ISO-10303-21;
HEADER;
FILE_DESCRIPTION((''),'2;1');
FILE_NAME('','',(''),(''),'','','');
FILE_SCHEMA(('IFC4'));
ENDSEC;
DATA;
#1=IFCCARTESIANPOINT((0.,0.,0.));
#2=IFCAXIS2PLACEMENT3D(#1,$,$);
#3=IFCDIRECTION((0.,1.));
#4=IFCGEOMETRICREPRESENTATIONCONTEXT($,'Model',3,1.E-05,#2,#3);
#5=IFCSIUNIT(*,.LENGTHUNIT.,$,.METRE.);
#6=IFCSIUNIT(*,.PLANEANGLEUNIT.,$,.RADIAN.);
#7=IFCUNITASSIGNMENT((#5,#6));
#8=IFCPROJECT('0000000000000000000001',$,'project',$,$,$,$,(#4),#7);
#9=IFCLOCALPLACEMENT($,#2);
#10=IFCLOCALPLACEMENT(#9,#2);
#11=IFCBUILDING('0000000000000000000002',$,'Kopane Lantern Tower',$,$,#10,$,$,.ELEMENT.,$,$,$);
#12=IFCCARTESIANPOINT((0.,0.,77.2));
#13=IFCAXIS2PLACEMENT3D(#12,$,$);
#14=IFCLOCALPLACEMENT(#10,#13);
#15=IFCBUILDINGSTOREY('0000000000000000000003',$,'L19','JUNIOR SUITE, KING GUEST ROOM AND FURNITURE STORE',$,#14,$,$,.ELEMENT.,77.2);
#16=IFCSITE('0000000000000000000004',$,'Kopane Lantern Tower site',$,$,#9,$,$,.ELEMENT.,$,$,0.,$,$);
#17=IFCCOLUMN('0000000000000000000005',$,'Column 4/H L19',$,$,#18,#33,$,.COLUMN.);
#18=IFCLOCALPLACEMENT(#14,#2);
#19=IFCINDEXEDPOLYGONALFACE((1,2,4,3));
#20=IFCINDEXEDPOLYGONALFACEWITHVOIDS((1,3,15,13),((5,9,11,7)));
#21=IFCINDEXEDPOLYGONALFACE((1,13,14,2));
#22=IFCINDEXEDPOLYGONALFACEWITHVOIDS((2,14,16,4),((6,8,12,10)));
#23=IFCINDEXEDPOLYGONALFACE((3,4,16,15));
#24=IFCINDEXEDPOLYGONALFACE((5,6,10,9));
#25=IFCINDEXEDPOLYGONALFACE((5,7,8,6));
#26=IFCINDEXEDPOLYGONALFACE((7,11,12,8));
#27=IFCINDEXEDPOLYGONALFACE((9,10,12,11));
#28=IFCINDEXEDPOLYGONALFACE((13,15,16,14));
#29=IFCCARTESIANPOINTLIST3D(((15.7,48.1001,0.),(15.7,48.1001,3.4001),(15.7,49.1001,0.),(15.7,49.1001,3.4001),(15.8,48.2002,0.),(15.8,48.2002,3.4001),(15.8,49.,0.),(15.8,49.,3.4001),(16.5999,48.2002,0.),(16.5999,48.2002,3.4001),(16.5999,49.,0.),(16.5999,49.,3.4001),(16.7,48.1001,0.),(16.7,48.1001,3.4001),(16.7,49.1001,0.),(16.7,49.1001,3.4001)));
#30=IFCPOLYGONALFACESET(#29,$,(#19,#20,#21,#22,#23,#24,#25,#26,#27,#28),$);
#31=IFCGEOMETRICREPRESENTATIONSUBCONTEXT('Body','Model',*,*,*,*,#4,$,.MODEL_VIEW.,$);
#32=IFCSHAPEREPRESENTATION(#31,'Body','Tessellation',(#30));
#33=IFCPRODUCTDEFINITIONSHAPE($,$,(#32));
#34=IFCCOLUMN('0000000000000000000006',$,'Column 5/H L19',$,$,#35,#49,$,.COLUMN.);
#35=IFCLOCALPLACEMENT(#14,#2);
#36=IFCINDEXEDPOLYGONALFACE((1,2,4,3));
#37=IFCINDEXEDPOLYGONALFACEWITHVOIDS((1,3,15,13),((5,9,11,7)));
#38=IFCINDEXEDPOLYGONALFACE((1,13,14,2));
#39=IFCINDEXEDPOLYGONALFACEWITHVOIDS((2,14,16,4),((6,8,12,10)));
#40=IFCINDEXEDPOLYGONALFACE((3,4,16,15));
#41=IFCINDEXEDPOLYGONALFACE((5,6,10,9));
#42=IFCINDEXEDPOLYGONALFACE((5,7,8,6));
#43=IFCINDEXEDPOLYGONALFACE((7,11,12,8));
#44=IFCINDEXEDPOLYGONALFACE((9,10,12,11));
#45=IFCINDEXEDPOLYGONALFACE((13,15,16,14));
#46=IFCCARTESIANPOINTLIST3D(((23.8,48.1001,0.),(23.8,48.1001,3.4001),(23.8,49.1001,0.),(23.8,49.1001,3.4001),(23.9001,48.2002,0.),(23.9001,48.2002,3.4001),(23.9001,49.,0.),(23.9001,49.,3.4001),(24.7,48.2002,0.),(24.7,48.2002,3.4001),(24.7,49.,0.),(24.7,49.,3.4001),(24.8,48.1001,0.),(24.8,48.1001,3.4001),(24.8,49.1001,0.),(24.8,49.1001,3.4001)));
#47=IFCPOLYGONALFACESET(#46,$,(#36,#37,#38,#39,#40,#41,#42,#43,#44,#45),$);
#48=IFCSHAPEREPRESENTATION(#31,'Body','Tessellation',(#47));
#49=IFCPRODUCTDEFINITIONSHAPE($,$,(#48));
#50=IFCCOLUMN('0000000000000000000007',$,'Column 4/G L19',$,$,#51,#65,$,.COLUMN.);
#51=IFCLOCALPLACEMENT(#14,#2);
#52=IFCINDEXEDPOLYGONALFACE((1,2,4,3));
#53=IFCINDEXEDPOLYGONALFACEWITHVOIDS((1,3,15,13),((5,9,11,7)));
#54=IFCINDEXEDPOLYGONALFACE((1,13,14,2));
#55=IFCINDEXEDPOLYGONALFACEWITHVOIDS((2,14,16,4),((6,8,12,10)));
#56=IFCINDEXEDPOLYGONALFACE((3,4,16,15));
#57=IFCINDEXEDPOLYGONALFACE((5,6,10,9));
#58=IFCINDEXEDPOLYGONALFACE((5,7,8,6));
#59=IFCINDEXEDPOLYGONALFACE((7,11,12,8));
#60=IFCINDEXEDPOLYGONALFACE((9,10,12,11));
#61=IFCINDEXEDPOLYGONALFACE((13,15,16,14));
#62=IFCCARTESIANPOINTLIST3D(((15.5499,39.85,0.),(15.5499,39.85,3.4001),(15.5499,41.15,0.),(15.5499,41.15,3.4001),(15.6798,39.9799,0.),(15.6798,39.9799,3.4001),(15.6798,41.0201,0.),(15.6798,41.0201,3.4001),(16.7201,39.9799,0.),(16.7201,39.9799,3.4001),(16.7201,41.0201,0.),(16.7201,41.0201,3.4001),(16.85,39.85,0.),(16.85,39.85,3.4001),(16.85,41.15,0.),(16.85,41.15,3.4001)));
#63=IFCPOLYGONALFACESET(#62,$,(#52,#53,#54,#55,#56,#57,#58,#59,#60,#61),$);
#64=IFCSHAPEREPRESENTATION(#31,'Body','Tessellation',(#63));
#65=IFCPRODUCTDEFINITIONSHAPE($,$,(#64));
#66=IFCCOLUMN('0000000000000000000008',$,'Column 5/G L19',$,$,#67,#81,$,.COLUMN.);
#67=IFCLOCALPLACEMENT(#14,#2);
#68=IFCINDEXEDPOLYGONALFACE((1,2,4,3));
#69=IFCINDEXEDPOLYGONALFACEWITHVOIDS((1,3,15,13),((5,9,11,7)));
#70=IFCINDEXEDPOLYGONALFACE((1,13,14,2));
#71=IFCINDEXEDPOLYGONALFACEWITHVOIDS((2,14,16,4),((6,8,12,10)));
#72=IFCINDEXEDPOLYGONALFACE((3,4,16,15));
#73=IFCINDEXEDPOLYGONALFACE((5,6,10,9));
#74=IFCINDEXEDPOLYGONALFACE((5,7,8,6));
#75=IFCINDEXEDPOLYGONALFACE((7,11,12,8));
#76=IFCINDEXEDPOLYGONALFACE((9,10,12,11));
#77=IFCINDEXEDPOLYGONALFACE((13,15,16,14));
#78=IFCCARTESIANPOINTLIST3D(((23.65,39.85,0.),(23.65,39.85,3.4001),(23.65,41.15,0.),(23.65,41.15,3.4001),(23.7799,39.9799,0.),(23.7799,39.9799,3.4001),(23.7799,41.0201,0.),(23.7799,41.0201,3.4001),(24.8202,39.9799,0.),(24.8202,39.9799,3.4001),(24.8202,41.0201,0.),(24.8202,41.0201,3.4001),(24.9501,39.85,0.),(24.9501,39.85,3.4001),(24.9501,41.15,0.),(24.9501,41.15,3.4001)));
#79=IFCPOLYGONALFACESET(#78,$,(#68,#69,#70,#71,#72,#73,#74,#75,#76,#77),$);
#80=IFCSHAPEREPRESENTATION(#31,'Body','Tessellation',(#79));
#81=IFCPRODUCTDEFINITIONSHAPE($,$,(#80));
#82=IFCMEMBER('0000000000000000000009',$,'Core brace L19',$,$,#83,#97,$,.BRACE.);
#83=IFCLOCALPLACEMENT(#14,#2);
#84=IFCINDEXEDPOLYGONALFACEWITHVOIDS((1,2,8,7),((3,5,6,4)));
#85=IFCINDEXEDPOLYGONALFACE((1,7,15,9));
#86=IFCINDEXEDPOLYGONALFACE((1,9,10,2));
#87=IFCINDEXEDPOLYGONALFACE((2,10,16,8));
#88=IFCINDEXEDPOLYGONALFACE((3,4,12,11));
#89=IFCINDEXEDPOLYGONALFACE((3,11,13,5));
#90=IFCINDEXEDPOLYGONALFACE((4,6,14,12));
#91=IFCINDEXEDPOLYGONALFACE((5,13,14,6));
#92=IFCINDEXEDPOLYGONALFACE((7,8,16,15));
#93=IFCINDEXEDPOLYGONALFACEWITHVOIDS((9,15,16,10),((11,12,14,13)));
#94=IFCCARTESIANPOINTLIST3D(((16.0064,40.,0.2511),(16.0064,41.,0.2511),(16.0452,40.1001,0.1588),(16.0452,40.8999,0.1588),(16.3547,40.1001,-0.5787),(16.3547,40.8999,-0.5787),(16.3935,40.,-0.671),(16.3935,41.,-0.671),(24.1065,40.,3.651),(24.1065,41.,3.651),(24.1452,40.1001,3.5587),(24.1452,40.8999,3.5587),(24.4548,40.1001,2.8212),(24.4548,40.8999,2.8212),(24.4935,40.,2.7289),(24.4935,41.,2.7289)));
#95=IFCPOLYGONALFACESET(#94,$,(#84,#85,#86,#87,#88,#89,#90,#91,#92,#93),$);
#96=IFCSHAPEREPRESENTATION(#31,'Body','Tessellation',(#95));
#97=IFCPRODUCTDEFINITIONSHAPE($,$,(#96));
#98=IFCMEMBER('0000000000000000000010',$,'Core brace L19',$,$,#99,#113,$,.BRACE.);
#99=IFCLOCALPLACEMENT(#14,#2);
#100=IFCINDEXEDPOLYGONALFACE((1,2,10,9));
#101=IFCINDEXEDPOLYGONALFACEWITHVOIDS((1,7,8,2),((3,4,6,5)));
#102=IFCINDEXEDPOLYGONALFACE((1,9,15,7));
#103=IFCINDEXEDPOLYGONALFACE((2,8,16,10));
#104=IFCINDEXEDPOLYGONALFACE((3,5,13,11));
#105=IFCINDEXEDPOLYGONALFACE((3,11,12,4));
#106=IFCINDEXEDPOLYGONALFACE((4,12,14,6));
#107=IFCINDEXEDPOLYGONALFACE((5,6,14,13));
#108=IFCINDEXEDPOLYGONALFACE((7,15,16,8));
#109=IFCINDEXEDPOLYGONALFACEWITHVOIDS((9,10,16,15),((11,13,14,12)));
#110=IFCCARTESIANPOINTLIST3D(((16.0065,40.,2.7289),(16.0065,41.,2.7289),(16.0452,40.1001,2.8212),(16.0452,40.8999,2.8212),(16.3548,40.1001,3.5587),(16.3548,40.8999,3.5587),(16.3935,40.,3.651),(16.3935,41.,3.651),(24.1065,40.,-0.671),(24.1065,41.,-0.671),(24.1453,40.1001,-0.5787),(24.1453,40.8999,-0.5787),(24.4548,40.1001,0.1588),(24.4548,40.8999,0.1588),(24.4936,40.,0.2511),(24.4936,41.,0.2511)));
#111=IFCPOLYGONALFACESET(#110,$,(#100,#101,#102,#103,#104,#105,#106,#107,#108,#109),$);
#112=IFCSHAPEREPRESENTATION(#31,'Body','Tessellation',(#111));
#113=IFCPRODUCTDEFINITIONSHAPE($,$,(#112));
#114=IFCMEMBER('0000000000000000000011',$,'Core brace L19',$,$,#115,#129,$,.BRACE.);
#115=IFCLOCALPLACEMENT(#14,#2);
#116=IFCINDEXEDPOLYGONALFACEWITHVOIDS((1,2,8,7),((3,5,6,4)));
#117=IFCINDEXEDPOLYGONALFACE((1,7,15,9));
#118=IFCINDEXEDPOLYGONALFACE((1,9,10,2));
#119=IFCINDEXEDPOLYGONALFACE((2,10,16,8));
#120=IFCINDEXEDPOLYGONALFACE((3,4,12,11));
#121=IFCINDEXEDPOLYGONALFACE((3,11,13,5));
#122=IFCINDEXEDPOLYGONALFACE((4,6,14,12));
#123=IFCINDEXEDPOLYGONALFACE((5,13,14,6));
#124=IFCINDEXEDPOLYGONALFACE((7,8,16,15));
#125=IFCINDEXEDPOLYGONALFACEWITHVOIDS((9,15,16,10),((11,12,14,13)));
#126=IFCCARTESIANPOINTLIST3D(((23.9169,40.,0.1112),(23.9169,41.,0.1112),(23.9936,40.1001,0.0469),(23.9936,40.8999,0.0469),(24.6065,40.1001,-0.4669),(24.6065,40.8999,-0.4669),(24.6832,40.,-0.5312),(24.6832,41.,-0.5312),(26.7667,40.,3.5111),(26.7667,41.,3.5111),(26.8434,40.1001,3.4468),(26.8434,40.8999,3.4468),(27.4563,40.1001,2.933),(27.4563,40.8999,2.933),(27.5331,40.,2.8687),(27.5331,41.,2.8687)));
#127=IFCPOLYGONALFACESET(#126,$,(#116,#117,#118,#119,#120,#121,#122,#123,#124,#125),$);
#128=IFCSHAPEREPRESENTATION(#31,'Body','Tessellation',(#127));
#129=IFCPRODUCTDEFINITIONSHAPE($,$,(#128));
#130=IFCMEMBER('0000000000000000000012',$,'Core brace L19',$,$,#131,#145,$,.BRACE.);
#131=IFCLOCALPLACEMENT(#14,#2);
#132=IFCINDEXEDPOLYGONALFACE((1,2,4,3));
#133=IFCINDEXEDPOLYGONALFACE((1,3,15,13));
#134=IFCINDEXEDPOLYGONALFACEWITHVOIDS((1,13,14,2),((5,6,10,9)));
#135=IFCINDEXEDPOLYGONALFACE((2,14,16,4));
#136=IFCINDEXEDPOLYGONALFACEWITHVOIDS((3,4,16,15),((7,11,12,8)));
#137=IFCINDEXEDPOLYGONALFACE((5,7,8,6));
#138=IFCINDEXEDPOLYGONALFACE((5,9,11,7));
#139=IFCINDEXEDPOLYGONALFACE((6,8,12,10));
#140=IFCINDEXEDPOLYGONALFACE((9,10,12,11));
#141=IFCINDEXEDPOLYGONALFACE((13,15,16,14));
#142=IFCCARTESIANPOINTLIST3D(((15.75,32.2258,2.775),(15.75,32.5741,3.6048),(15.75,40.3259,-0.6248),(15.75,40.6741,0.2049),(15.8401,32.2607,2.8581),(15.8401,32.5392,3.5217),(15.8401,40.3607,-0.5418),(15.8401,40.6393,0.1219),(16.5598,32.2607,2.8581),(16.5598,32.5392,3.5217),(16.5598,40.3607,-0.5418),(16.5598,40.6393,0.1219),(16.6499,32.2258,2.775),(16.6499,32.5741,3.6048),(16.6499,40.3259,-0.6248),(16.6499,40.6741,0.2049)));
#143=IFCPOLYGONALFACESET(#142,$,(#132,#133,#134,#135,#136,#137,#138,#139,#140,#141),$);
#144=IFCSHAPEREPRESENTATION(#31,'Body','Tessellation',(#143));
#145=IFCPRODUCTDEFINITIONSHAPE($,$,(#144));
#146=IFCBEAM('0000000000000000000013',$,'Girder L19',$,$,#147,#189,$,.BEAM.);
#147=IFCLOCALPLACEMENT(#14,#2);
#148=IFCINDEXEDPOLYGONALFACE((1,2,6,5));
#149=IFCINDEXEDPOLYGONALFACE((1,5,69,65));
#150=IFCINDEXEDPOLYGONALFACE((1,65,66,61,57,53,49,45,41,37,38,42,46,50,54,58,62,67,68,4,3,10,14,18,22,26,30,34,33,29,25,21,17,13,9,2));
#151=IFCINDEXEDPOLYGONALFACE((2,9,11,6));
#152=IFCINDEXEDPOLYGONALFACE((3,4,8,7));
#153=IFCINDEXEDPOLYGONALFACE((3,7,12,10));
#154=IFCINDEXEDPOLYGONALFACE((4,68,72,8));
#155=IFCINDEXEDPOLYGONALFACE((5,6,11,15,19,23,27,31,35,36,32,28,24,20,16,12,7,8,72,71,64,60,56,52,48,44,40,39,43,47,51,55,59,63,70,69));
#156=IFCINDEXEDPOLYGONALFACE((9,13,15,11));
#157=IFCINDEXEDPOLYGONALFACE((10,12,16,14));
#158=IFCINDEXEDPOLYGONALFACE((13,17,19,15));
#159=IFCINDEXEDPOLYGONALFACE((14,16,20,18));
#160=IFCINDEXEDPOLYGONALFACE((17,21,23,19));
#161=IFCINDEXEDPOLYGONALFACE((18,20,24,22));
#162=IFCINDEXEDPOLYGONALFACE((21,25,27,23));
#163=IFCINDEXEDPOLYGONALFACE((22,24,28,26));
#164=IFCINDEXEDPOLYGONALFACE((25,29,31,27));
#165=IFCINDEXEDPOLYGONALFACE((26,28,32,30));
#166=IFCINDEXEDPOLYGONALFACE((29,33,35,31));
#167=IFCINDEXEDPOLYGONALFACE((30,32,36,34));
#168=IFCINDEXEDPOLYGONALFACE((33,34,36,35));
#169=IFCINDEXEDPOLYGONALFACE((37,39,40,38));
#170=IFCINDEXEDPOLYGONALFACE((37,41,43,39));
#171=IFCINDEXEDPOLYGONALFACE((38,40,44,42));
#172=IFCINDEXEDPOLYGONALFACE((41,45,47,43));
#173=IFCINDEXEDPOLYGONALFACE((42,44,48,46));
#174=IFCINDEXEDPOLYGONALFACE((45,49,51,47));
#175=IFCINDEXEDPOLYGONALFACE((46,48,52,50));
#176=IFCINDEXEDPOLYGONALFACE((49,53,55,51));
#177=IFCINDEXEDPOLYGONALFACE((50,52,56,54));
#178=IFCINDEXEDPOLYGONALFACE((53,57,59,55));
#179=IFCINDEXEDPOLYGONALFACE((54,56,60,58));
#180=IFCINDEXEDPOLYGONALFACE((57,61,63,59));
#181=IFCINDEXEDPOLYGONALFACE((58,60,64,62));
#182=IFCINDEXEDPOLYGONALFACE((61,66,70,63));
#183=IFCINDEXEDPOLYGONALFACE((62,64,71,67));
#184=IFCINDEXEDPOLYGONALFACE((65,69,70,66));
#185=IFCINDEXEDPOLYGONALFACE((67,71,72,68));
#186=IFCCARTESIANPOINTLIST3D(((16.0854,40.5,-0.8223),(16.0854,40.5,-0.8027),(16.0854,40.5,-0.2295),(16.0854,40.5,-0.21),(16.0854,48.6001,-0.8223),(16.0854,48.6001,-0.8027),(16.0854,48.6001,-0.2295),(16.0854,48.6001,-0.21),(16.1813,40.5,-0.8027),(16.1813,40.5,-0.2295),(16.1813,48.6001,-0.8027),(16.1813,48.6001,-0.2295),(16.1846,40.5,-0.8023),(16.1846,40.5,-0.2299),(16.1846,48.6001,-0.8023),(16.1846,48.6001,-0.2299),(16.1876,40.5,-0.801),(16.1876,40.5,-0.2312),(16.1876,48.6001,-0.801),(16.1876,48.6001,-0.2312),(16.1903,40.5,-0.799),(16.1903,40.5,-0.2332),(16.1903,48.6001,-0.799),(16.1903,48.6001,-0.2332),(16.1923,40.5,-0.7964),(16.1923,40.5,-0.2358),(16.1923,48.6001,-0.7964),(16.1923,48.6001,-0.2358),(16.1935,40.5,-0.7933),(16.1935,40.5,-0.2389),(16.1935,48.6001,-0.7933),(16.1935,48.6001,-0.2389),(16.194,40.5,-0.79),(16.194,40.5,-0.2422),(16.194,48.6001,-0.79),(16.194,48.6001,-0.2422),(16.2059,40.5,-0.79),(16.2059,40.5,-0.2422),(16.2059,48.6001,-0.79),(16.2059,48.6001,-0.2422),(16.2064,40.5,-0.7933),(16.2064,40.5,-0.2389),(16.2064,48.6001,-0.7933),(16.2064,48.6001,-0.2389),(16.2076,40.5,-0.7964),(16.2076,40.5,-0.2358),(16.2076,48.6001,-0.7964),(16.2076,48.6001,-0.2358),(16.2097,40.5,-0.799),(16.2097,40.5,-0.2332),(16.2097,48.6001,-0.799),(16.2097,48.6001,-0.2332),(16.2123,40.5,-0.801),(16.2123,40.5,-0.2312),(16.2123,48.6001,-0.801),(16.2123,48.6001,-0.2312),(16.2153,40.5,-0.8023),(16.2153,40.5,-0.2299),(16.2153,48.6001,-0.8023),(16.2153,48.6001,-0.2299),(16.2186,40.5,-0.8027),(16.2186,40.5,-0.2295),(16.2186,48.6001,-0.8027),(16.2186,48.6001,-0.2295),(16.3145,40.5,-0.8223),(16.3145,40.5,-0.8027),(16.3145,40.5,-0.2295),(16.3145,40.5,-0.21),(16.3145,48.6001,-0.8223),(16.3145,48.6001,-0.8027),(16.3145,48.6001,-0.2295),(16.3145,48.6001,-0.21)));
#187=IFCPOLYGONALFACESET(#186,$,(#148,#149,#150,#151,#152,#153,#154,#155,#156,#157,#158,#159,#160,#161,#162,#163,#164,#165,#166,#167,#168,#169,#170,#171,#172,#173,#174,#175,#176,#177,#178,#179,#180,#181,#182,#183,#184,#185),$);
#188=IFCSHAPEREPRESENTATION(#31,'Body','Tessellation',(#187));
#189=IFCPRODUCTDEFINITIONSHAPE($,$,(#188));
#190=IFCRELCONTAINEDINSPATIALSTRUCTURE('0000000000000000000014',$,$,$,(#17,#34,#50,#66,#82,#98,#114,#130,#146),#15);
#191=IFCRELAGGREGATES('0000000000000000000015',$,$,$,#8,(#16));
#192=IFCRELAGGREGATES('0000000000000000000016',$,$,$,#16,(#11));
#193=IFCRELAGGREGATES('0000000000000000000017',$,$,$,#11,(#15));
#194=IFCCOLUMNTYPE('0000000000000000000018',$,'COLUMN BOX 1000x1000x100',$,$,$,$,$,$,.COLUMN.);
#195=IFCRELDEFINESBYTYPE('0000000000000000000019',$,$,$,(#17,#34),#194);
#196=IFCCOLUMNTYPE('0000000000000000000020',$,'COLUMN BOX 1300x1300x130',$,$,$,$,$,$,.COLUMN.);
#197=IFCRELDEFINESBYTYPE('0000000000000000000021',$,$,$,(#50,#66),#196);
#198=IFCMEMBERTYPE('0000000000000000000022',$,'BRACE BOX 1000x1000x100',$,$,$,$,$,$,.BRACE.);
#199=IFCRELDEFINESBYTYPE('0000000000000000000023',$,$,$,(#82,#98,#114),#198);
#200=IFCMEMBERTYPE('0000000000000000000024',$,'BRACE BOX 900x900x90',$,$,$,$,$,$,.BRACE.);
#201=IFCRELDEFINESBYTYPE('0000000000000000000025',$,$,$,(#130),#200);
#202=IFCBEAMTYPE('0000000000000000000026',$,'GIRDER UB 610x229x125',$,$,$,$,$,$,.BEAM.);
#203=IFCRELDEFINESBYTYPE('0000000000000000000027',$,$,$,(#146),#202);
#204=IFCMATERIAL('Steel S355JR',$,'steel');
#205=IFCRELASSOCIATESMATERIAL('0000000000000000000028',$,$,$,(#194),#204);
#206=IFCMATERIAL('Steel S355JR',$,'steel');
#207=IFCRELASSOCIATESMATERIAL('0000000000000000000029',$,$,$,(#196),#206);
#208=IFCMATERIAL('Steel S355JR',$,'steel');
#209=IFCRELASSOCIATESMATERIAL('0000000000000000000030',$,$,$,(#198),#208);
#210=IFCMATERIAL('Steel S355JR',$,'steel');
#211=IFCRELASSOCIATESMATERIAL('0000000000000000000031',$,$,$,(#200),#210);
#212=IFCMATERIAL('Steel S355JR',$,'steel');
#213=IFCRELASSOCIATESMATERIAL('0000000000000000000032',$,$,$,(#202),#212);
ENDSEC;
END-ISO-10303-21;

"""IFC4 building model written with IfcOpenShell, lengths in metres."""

from ifc_helpers import new_model, si_unit, direction, frame, origin, origin_2d, place, context, subcontext, project, spatial, hollow_rectangle, i_section, extrude, material, material_profile, profile_set, type_object, element, save


model = new_model("IFC4")

# Units and contexts
model_context = context("Model", 3, precision=1e-05, world=origin(), true_north=direction((0.0, 1.0)))
body_context = subcontext(model_context, "Body", "Model", "MODEL_VIEW")
ifc_project = project(units=[si_unit("LENGTHUNIT", "METRE"), si_unit("PLANEANGLEUNIT", "RADIAN")], contexts=[model_context])

# Site, building, storey
site_placement = place(None, origin())
site = spatial("IfcSite", under=ifc_project, at=site_placement, Name="Kopane Lantern Tower site", CompositionType="ELEMENT", RefElevation=0.0)
building_placement = place(site_placement, origin())
building = spatial("IfcBuilding", under=site, at=building_placement, Name="Kopane Lantern Tower", CompositionType="ELEMENT")
storey_placement = place(building_placement, frame((0.0, 0.0, 77.2)))
storey = spatial("IfcBuildingStorey", under=building, at=storey_placement, Name="L19", Description="JUNIOR SUITE, KING GUEST ROOM AND FURNITURE STORE", CompositionType="ELEMENT", Elevation=77.2)

# Columns
ifc_material_1 = material(Name="Steel S355JR", Category="steel")
ifc_material_profile_1 = material_profile(ifc_material_1, hollow_rectangle(XDim=1.0, YDim=1.0, WallThickness=0.1001, at=origin_2d()), Name="BOX 1000x1000x100")
ifc_profile_set_1 = profile_set([ifc_material_profile_1], Name="Steel S355JR")
column_type_1 = type_object("IfcColumnType", Name="COLUMN BOX 1000x1000x100", PredefinedType="COLUMN", material=ifc_profile_set_1)
for number, where, z_axis, x_axis, name in (
    (1, (16.2, 48.6001, 0.0), (0.0, 0.0, 1.0), (1.0, 0.0, 0.0), "Column 4/H L19"),
    (2, (24.3, 48.6001, 0.0), (0.0, 0.0, 1.0), (1.0, 0.0, 0.0), "Column 5/H L19"),
):
    element("IfcColumn", number, at=place(storey_placement, frame(where, z_axis=z_axis, x_axis=x_axis)), inside=storey, type_object=column_type_1, Name=name, PredefinedType="COLUMN", context=body_context, shape_type="SweptSolid", body=[
        extrude(hollow_rectangle(XDim=1.0, YDim=1.0, WallThickness=0.1001, at=origin_2d()), origin(), (0.0, 0.0, 1.0), 3.4001),
    ])
ifc_material_2 = material(Name="Steel S355JR", Category="steel")
ifc_material_profile_2 = material_profile(ifc_material_2, hollow_rectangle(XDim=1.3, YDim=1.3, WallThickness=0.1299, at=origin_2d()), Name="BOX 1300x1300x130")
ifc_profile_set_2 = profile_set([ifc_material_profile_2], Name="Steel S355JR")
column_type_2 = type_object("IfcColumnType", Name="COLUMN BOX 1300x1300x130", PredefinedType="COLUMN", material=ifc_profile_set_2)
for number, where, z_axis, x_axis, name in (
    (3, (16.2, 40.5, 0.0), (0.0, 0.0, 1.0), (1.0, 0.0, 0.0), "Column 4/G L19"),
    (4, (24.3, 40.5, 0.0), (0.0, 0.0, 1.0), (1.0, 0.0, 0.0), "Column 5/G L19"),
):
    element("IfcColumn", number, at=place(storey_placement, frame(where, z_axis=z_axis, x_axis=x_axis)), inside=storey, type_object=column_type_2, Name=name, PredefinedType="COLUMN", context=body_context, shape_type="SweptSolid", body=[
        extrude(hollow_rectangle(XDim=1.3, YDim=1.3, WallThickness=0.1299, at=origin_2d()), origin(), (0.0, 0.0, 1.0), 3.4001),
    ])

# Members
ifc_material_3 = material(Name="Steel S355JR", Category="steel")
ifc_material_profile_3 = material_profile(ifc_material_3, hollow_rectangle(XDim=1.0, YDim=1.0, WallThickness=0.1001, at=origin_2d()), Name="BOX 1000x1000x100")
ifc_profile_set_3 = profile_set([ifc_material_profile_3], Name="Steel S355JR")
member_type_1 = type_object("IfcMemberType", Name="BRACE BOX 1000x1000x100", PredefinedType="BRACE", material=ifc_profile_set_3)
for number, where, z_axis, x_axis, name in (
    (5, (16.2, 40.5, -0.21), (0.922069, 0.0, 0.387026), (0.0, 1.0, 0.0), "Core brace L19"),
    (6, (24.3, 40.5, -0.21), (-0.922069, 0.0, 0.387026), (0.0, -1.0, 0.0), "Core brace L19"),
):
    element("IfcMember", number, at=place(storey_placement, frame(where, z_axis=z_axis, x_axis=x_axis)), inside=storey, type_object=member_type_1, Name=name, PredefinedType="BRACE", context=body_context, shape_type="SweptSolid", body=[
        extrude(hollow_rectangle(XDim=1.0, YDim=1.0, WallThickness=0.1001, at=origin_2d()), origin(), (0.0, 0.0, 1.0), 8.7847),
    ])
member_1_placement = place(storey_placement, frame((24.3, 40.5, -0.21), z_axis=(0.64239, 0.0, 0.766378), x_axis=(0.0, 1.0, 0.0)))
element("IfcMember", 7, at=member_1_placement, inside=storey, type_object=member_type_1, Name="Core brace L19", PredefinedType="BRACE", context=body_context, shape_type="SweptSolid", body=[
    extrude(hollow_rectangle(XDim=1.0, YDim=1.0, WallThickness=0.1001, at=origin_2d()), origin(), (0.0, 0.0, 1.0), 4.4363),
])
ifc_material_4 = material(Name="Steel S355JR", Category="steel")
ifc_material_profile_4 = material_profile(ifc_material_4, hollow_rectangle(XDim=0.8999, YDim=0.8999, WallThickness=0.0901, at=origin_2d()), Name="BOX 900x900x90")
ifc_profile_set_4 = profile_set([ifc_material_profile_4], Name="Steel S355JR")
member_type_2 = type_object("IfcMemberType", Name="BRACE BOX 900x900x90", PredefinedType="BRACE", material=ifc_profile_set_4)
member_2_placement = place(storey_placement, frame((16.2, 40.5, -0.21), z_axis=(0.0, -0.922069, 0.387026), x_axis=(1.0, 0.0, 0.0)))
element("IfcMember", 8, at=member_2_placement, inside=storey, type_object=member_type_2, Name="Core brace L19", PredefinedType="BRACE", context=body_context, shape_type="SweptSolid", body=[
    extrude(hollow_rectangle(XDim=0.8999, YDim=0.8999, WallThickness=0.0901, at=origin_2d()), origin(), (0.0, 0.0, 1.0), 8.7847),
])

# Beam
ifc_material_5 = material(Name="Steel S355JR", Category="steel")
ifc_material_profile_5 = material_profile(ifc_material_5, i_section(OverallWidth=0.229, OverallDepth=0.6123, WebThickness=0.012, FlangeThickness=0.0195, FilletRadius=0.0127, at=origin_2d()), Name="UB 610x229x125")
ifc_profile_set_5 = profile_set([ifc_material_profile_5], Name="Steel S355JR")
beam_type_1 = type_object("IfcBeamType", Name="GIRDER UB 610x229x125", PredefinedType="BEAM", material=ifc_profile_set_5)
for number, where, z_axis, x_axis, name in (
    (9, (16.2, 40.5, -0.5161), (0.0, 1.0, 0.0), (-1.0, 0.0, 0.0), "Girder L19"),
):
    element("IfcBeam", number, at=place(storey_placement, frame(where, z_axis=z_axis, x_axis=x_axis)), inside=storey, type_object=beam_type_1, Name=name, PredefinedType="BEAM", context=body_context, shape_type="SweptSolid", body=[
        extrude(i_section(OverallWidth=0.229, OverallDepth=0.6123, WebThickness=0.012, FlangeThickness=0.0195, FilletRadius=0.0127, at=origin_2d()), origin(), (0.0, 0.0, 1.0), 8.1001),
    ])

save(model, "model.ifc")
